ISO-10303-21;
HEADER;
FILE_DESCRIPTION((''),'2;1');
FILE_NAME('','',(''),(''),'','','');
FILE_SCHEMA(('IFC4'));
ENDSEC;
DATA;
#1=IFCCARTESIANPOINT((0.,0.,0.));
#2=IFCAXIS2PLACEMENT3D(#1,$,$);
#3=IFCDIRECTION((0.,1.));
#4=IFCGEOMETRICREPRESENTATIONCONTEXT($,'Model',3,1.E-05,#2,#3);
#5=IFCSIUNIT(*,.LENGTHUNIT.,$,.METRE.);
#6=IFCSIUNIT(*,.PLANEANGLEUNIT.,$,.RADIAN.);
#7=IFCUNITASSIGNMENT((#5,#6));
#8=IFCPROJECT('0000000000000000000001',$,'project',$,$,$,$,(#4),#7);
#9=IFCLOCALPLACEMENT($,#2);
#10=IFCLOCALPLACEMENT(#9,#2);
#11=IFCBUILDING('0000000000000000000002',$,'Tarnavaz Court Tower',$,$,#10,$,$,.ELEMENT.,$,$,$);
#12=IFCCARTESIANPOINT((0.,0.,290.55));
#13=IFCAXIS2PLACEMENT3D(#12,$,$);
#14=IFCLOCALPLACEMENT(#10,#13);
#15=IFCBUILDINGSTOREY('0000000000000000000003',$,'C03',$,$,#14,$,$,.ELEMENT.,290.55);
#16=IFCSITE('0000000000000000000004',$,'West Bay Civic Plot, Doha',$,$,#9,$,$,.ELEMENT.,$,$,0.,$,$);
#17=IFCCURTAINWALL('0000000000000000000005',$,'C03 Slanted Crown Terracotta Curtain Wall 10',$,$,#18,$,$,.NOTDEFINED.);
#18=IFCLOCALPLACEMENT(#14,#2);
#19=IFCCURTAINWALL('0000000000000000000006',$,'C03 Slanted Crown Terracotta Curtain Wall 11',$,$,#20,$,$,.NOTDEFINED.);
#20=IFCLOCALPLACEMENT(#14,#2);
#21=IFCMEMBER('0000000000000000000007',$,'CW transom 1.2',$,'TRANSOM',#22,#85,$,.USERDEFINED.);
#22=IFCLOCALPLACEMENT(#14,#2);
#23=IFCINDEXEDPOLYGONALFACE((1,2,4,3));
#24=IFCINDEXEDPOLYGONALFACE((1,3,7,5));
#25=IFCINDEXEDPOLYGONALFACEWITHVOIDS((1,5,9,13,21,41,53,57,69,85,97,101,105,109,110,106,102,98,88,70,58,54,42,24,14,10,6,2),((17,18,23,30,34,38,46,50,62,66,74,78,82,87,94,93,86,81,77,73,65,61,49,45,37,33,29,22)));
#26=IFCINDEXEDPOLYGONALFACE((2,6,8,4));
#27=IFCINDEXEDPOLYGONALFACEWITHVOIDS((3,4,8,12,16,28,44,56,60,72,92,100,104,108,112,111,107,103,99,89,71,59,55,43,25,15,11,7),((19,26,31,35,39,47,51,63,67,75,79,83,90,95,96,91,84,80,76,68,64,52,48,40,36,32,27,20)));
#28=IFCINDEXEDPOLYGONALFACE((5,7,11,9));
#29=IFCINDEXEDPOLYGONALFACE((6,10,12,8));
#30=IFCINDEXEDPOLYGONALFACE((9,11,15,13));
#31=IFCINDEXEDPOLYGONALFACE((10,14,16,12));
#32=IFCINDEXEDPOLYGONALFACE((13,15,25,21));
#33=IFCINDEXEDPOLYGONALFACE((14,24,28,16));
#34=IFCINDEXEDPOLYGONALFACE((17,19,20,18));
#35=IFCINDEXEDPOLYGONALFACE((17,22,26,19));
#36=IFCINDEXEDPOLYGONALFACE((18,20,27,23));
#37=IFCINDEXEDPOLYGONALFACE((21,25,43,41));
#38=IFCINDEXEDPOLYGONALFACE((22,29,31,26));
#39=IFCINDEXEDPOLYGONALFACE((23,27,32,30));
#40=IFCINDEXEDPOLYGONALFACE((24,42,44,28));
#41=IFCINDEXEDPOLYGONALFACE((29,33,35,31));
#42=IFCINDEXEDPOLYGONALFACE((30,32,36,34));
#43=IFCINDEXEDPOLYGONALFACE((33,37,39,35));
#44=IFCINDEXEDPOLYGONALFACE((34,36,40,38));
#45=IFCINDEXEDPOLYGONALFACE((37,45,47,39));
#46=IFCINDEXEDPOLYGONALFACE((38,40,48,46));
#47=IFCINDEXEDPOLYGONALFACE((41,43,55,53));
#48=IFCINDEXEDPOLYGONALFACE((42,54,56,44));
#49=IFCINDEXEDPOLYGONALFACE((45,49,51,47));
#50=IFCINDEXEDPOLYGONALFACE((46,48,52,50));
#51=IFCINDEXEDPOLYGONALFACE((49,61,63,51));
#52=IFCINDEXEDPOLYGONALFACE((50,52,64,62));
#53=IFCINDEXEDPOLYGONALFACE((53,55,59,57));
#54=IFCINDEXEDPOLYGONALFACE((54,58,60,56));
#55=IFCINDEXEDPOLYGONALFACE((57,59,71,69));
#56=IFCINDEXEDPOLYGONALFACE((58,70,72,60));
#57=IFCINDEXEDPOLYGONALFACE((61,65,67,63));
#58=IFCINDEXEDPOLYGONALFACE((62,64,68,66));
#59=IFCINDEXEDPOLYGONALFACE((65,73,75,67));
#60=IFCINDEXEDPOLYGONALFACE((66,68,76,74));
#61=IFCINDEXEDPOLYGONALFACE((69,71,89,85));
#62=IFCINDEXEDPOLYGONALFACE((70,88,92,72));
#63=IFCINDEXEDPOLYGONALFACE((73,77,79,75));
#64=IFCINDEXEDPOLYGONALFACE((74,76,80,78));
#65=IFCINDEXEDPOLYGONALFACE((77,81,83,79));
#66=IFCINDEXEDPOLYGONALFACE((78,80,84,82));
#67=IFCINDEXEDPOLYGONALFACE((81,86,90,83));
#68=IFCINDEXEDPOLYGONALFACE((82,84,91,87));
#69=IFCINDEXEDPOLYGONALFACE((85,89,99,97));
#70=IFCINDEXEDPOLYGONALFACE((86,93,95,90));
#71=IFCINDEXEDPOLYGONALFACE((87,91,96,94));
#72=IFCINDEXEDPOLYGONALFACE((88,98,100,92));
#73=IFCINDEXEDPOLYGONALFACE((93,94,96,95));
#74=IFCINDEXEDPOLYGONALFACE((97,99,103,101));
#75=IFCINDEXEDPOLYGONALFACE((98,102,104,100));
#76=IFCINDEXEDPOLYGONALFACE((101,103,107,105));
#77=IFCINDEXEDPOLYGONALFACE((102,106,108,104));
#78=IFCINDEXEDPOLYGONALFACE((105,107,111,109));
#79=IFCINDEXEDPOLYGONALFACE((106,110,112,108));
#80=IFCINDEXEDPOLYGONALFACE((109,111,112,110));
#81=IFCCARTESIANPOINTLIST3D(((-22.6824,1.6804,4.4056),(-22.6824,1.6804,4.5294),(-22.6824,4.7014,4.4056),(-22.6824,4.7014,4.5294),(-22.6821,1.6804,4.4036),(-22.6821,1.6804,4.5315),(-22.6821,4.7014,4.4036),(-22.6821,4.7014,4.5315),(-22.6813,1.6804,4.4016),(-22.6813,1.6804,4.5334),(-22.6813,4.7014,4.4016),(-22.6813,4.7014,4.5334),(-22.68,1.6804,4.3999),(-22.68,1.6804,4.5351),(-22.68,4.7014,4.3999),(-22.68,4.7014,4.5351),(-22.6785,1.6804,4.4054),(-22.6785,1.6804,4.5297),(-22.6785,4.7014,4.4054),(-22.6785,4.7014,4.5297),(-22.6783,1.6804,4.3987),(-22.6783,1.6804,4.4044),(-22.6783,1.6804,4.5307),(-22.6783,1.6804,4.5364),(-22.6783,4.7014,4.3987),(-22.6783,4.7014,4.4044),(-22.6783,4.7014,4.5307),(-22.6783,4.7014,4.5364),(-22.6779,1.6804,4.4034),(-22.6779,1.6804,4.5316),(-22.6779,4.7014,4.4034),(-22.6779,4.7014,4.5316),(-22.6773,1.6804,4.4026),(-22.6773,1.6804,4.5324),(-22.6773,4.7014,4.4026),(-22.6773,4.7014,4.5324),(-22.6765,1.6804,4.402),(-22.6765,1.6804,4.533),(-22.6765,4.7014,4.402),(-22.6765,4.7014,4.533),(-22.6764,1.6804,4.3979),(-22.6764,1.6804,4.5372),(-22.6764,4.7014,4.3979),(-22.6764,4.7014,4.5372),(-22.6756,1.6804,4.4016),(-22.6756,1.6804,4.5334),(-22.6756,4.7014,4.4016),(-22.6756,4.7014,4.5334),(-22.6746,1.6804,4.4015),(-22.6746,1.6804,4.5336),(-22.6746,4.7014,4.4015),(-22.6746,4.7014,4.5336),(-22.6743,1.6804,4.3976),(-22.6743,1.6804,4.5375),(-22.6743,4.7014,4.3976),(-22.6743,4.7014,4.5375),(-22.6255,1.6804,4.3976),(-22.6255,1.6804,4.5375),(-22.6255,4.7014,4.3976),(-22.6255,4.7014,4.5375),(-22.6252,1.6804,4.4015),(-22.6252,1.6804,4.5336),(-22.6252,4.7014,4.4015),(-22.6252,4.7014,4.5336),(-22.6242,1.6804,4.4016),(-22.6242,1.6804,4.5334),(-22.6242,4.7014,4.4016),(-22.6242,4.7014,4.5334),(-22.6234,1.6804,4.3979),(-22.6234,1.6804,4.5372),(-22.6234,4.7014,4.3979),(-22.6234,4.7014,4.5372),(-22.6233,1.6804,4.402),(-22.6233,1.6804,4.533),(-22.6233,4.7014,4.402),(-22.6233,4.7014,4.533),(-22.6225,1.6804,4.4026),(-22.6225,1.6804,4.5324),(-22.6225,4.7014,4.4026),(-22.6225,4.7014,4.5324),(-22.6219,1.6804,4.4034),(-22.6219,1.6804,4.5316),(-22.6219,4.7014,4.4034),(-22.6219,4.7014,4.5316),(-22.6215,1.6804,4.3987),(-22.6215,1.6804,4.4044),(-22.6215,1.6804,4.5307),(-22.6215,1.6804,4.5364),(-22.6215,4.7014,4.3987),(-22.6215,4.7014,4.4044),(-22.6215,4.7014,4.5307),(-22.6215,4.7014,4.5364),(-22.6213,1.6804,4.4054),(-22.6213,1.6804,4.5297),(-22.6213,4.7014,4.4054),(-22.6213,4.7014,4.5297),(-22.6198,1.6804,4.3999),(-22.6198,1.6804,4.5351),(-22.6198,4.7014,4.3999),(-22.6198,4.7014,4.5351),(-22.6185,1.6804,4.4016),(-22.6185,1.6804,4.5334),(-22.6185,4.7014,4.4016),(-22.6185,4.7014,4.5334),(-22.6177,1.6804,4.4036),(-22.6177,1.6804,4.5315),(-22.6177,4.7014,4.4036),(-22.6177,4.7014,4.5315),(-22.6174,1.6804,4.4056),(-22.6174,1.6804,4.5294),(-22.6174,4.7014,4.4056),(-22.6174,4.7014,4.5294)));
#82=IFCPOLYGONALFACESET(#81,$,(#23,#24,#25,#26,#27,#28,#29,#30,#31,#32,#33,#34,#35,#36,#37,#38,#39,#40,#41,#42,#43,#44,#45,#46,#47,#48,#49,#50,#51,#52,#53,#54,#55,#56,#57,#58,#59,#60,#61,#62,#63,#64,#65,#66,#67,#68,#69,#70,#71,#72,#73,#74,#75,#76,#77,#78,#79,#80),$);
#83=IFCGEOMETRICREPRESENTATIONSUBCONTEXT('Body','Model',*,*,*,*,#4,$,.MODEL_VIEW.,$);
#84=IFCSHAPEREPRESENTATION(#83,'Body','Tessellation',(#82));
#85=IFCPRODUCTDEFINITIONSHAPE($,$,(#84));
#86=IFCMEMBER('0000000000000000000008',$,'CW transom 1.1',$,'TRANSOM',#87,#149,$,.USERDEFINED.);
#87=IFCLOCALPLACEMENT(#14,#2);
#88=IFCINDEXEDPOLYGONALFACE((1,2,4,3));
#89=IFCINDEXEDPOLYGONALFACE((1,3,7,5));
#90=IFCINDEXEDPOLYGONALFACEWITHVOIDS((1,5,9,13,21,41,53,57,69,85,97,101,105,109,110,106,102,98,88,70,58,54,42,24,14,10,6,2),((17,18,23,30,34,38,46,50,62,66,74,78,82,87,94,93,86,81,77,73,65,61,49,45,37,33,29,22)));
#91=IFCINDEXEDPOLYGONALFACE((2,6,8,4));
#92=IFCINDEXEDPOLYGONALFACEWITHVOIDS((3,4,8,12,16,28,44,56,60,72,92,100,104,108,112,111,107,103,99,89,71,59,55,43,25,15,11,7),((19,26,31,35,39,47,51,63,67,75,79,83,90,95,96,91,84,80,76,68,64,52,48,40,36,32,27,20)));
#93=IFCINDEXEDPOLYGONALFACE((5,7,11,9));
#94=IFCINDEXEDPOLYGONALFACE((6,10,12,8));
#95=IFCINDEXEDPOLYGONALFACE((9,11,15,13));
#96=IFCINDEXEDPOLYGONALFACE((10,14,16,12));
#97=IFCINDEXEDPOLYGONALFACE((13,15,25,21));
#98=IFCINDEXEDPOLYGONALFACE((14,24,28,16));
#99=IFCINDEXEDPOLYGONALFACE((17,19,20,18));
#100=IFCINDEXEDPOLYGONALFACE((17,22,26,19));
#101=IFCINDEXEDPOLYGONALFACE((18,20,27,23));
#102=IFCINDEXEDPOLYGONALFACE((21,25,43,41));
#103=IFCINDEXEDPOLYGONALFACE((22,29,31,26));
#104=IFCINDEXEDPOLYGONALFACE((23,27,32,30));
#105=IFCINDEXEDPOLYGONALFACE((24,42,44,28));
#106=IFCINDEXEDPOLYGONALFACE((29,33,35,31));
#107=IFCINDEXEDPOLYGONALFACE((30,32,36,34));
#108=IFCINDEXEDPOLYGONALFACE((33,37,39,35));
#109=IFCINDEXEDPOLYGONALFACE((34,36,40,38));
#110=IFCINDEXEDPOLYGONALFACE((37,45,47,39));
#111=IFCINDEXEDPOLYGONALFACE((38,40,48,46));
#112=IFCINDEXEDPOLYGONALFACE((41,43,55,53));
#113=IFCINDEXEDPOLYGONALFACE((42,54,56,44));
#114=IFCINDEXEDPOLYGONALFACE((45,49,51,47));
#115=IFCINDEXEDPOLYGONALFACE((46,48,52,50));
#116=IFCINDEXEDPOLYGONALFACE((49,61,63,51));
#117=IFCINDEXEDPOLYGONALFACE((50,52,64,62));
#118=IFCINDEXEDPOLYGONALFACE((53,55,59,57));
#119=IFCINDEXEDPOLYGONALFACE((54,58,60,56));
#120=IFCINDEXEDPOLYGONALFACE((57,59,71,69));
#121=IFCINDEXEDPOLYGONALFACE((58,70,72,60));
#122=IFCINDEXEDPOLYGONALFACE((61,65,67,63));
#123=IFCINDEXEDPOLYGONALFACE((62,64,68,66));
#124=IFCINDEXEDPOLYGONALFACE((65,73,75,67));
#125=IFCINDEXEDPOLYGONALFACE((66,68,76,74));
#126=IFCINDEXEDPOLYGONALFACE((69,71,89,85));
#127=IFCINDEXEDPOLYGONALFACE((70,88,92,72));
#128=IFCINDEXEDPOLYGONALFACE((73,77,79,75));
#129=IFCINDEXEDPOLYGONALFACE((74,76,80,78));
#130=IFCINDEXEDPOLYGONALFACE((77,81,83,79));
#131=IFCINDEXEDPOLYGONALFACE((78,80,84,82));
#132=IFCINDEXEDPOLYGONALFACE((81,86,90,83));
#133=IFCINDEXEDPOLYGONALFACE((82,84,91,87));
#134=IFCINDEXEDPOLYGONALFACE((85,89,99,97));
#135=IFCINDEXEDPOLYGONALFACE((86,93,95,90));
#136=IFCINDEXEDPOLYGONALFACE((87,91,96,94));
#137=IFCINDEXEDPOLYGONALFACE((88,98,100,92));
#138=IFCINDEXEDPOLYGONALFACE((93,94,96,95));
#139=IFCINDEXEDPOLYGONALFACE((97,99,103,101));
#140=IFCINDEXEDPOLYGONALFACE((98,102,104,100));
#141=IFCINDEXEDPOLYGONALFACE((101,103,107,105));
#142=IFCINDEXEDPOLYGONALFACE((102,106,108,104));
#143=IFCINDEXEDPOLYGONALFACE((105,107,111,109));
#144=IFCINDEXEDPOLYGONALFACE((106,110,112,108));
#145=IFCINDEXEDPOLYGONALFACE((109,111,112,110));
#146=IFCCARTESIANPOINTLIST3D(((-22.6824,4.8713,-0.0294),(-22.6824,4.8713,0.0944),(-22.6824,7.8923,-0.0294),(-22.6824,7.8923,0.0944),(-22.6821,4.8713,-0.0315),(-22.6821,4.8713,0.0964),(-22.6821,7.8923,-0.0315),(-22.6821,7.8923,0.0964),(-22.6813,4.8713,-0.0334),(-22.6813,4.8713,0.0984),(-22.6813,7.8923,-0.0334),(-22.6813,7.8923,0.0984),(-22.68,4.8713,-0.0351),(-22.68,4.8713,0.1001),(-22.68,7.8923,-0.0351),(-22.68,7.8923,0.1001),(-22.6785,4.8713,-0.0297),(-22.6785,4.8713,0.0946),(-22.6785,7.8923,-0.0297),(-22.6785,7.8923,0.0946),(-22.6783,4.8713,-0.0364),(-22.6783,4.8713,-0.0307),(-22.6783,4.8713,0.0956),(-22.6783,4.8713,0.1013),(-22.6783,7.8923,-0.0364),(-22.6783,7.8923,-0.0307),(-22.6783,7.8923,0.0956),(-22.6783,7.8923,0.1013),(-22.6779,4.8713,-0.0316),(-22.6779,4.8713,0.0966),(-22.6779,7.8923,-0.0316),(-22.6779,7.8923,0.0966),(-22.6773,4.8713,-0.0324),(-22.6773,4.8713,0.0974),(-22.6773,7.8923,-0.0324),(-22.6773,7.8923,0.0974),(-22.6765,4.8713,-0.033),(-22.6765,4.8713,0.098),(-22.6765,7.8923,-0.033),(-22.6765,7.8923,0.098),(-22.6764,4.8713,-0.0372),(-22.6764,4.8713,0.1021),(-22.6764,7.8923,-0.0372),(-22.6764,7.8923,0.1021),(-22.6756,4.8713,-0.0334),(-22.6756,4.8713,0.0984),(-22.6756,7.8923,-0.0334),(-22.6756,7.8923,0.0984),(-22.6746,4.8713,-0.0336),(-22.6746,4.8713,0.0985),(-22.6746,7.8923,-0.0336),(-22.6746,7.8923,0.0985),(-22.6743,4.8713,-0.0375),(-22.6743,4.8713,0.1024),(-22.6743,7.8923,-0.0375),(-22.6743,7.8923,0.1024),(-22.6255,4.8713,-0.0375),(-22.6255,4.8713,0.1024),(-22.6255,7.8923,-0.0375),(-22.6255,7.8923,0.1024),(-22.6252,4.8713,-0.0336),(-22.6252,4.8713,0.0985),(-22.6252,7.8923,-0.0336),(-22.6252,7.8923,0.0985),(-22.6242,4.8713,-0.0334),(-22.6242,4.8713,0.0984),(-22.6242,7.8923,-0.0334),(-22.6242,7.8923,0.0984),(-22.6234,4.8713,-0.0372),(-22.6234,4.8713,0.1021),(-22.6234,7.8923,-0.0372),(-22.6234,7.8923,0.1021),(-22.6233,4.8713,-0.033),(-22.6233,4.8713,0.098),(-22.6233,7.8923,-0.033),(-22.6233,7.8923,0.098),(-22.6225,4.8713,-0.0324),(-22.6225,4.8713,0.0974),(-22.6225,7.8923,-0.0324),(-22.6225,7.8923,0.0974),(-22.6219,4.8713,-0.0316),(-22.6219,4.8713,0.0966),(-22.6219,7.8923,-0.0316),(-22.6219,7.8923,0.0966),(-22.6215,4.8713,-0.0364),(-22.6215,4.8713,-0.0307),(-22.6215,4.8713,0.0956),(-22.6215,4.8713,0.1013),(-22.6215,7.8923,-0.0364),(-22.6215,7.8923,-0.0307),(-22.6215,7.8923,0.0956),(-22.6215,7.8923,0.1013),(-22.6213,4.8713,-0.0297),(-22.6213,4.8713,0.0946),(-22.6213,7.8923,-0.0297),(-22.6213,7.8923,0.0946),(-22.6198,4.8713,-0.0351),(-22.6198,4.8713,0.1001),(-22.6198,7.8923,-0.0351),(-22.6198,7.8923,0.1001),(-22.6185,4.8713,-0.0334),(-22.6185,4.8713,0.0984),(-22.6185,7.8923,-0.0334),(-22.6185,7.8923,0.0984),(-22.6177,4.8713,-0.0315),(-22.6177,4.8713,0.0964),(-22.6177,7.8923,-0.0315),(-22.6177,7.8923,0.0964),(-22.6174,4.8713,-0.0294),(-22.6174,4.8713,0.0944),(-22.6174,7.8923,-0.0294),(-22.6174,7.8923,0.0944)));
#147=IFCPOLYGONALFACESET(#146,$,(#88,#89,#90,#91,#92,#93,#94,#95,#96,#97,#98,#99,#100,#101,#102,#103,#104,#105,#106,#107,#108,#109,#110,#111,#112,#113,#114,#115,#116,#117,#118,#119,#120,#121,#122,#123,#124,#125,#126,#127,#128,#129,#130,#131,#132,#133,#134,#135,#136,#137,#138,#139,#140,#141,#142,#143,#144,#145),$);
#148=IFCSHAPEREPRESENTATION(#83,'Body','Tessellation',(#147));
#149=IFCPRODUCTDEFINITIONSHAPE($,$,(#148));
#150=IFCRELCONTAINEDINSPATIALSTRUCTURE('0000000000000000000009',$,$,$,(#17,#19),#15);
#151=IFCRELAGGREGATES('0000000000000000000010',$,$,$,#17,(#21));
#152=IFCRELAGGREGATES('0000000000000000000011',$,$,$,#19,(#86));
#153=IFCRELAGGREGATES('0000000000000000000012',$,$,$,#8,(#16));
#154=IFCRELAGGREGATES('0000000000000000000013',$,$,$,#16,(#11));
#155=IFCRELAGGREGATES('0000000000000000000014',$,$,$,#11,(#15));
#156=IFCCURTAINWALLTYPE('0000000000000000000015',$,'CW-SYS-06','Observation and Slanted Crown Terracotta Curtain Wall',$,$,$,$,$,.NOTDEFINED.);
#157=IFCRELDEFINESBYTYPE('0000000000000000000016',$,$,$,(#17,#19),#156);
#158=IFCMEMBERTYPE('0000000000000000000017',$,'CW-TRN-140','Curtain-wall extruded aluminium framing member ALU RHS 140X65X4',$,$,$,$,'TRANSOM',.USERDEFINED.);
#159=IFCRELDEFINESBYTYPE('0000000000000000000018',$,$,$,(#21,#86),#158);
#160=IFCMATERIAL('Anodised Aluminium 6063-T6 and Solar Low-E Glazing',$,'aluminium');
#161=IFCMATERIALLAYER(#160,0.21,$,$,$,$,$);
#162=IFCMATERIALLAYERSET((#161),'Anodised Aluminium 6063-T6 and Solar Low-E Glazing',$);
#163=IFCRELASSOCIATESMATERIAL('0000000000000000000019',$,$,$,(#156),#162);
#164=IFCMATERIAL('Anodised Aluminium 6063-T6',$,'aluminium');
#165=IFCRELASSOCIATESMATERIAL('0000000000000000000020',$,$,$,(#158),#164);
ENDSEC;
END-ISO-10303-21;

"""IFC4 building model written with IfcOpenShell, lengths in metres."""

from ifc_helpers import new_model, si_unit, direction, frame, origin, origin_2d, place, context, subcontext, project, spatial, hollow_rectangle, extrude, material, layer, layer_set, material_profile, profile_set, type_object, element, aggregate, save


model = new_model("IFC4")

# Units and contexts
model_context = context("Model", 3, precision=1e-05, world=origin(), true_north=direction((0.0, 1.0)))
body_context = subcontext(model_context, "Body", "Model", "MODEL_VIEW")
ifc_project = project(units=[si_unit("LENGTHUNIT", "METRE"), si_unit("PLANEANGLEUNIT", "RADIAN")], contexts=[model_context])

# Site, building, storey
site_placement = place(None, origin())
site = spatial("IfcSite", under=ifc_project, at=site_placement, Name="West Bay Civic Plot, Doha", CompositionType="ELEMENT", RefElevation=0.0)
building_placement = place(site_placement, origin())
building = spatial("IfcBuilding", under=site, at=building_placement, Name="Tarnavaz Court Tower", CompositionType="ELEMENT")
storey_placement = place(building_placement, frame((0.0, 0.0, 290.55)))
storey = spatial("IfcBuildingStorey", under=building, at=storey_placement, Name="C03", CompositionType="ELEMENT", Elevation=290.55)

# Shared definitions
ifc_material_1 = material(Name="Anodised Aluminium 6063-T6 and Solar Low-E Glazing", Category="aluminium")
ifc_layer_1 = layer(ifc_material_1, 0.21)
ifc_layer_set_1 = layer_set([ifc_layer_1], Name="Anodised Aluminium 6063-T6 and Solar Low-E Glazing")
curtain_wall_type = type_object("IfcCurtainWallType", Name="CW-SYS-06", Description="Observation and Slanted Crown Terracotta Curtain Wall", PredefinedType="NOTDEFINED", material=ifc_layer_set_1)
ifc_material_2 = material(Name="Anodised Aluminium 6063-T6", Category="aluminium")

# Curtain walls
curtain_wall_1_placement = place(storey_placement, origin())
curtain_wall_1 = element("IfcCurtainWall", 1, at=curtain_wall_1_placement, inside=storey, type_object=curtain_wall_type, Name="C03 Slanted Crown Terracotta Curtain Wall 10", PredefinedType="NOTDEFINED")
curtain_wall_2_placement = place(storey_placement, origin())
curtain_wall_2 = element("IfcCurtainWall", 2, at=curtain_wall_2_placement, inside=storey, type_object=curtain_wall_type, Name="C03 Slanted Crown Terracotta Curtain Wall 11", PredefinedType="NOTDEFINED")

# Members
ifc_material_profile_1 = material_profile(ifc_material_2, hollow_rectangle(XDim=0.0649, YDim=0.1399, WallThickness=0.0039, InnerFilletRadius=0.0039, OuterFilletRadius=0.0081, at=origin_2d()), Name="ALU RHS 140X65X4")
ifc_profile_set_1 = profile_set([ifc_material_profile_1], Name="Anodised Aluminium 6063-T6")
member_type_1 = type_object("IfcMemberType", Name="CW-TRN-140", Description="Curtain-wall extruded aluminium framing member ALU RHS 140X65X4", ElementType="TRANSOM", PredefinedType="USERDEFINED", material=ifc_profile_set_1)
member_1_placement = place(storey_placement, frame((-22.6499, 1.6804, 4.4675), z_axis=(0.0, 1.0, 0.0), x_axis=(-1.0, 0.0, 0.0)))
member_1 = element("IfcMember", 3, at=member_1_placement, type_object=member_type_1, Name="CW transom 1.2", ObjectType="TRANSOM", PredefinedType="USERDEFINED", context=body_context, shape_type="SweptSolid", body=[
    extrude(hollow_rectangle(XDim=0.0649, YDim=0.1399, WallThickness=0.0039, InnerFilletRadius=0.0039, OuterFilletRadius=0.0081, at=origin_2d()), origin(), (0.0, 0.0, 1.0), 3.021),
])
member_2_placement = place(storey_placement, frame((-22.6499, 4.8713, 0.0325), z_axis=(0.0, 1.0, 0.0), x_axis=(-1.0, 0.0, 0.0)))
member_2 = element("IfcMember", 4, at=member_2_placement, type_object=member_type_1, Name="CW transom 1.1", ObjectType="TRANSOM", PredefinedType="USERDEFINED", context=body_context, shape_type="SweptSolid", body=[
    extrude(hollow_rectangle(XDim=0.0649, YDim=0.1399, WallThickness=0.0039, InnerFilletRadius=0.0039, OuterFilletRadius=0.0081, at=origin_2d()), origin(), (0.0, 0.0, 1.0), 3.021),
])

aggregate(curtain_wall_1, [member_1])
aggregate(curtain_wall_2, [member_2])

save(model, "model.ifc")
